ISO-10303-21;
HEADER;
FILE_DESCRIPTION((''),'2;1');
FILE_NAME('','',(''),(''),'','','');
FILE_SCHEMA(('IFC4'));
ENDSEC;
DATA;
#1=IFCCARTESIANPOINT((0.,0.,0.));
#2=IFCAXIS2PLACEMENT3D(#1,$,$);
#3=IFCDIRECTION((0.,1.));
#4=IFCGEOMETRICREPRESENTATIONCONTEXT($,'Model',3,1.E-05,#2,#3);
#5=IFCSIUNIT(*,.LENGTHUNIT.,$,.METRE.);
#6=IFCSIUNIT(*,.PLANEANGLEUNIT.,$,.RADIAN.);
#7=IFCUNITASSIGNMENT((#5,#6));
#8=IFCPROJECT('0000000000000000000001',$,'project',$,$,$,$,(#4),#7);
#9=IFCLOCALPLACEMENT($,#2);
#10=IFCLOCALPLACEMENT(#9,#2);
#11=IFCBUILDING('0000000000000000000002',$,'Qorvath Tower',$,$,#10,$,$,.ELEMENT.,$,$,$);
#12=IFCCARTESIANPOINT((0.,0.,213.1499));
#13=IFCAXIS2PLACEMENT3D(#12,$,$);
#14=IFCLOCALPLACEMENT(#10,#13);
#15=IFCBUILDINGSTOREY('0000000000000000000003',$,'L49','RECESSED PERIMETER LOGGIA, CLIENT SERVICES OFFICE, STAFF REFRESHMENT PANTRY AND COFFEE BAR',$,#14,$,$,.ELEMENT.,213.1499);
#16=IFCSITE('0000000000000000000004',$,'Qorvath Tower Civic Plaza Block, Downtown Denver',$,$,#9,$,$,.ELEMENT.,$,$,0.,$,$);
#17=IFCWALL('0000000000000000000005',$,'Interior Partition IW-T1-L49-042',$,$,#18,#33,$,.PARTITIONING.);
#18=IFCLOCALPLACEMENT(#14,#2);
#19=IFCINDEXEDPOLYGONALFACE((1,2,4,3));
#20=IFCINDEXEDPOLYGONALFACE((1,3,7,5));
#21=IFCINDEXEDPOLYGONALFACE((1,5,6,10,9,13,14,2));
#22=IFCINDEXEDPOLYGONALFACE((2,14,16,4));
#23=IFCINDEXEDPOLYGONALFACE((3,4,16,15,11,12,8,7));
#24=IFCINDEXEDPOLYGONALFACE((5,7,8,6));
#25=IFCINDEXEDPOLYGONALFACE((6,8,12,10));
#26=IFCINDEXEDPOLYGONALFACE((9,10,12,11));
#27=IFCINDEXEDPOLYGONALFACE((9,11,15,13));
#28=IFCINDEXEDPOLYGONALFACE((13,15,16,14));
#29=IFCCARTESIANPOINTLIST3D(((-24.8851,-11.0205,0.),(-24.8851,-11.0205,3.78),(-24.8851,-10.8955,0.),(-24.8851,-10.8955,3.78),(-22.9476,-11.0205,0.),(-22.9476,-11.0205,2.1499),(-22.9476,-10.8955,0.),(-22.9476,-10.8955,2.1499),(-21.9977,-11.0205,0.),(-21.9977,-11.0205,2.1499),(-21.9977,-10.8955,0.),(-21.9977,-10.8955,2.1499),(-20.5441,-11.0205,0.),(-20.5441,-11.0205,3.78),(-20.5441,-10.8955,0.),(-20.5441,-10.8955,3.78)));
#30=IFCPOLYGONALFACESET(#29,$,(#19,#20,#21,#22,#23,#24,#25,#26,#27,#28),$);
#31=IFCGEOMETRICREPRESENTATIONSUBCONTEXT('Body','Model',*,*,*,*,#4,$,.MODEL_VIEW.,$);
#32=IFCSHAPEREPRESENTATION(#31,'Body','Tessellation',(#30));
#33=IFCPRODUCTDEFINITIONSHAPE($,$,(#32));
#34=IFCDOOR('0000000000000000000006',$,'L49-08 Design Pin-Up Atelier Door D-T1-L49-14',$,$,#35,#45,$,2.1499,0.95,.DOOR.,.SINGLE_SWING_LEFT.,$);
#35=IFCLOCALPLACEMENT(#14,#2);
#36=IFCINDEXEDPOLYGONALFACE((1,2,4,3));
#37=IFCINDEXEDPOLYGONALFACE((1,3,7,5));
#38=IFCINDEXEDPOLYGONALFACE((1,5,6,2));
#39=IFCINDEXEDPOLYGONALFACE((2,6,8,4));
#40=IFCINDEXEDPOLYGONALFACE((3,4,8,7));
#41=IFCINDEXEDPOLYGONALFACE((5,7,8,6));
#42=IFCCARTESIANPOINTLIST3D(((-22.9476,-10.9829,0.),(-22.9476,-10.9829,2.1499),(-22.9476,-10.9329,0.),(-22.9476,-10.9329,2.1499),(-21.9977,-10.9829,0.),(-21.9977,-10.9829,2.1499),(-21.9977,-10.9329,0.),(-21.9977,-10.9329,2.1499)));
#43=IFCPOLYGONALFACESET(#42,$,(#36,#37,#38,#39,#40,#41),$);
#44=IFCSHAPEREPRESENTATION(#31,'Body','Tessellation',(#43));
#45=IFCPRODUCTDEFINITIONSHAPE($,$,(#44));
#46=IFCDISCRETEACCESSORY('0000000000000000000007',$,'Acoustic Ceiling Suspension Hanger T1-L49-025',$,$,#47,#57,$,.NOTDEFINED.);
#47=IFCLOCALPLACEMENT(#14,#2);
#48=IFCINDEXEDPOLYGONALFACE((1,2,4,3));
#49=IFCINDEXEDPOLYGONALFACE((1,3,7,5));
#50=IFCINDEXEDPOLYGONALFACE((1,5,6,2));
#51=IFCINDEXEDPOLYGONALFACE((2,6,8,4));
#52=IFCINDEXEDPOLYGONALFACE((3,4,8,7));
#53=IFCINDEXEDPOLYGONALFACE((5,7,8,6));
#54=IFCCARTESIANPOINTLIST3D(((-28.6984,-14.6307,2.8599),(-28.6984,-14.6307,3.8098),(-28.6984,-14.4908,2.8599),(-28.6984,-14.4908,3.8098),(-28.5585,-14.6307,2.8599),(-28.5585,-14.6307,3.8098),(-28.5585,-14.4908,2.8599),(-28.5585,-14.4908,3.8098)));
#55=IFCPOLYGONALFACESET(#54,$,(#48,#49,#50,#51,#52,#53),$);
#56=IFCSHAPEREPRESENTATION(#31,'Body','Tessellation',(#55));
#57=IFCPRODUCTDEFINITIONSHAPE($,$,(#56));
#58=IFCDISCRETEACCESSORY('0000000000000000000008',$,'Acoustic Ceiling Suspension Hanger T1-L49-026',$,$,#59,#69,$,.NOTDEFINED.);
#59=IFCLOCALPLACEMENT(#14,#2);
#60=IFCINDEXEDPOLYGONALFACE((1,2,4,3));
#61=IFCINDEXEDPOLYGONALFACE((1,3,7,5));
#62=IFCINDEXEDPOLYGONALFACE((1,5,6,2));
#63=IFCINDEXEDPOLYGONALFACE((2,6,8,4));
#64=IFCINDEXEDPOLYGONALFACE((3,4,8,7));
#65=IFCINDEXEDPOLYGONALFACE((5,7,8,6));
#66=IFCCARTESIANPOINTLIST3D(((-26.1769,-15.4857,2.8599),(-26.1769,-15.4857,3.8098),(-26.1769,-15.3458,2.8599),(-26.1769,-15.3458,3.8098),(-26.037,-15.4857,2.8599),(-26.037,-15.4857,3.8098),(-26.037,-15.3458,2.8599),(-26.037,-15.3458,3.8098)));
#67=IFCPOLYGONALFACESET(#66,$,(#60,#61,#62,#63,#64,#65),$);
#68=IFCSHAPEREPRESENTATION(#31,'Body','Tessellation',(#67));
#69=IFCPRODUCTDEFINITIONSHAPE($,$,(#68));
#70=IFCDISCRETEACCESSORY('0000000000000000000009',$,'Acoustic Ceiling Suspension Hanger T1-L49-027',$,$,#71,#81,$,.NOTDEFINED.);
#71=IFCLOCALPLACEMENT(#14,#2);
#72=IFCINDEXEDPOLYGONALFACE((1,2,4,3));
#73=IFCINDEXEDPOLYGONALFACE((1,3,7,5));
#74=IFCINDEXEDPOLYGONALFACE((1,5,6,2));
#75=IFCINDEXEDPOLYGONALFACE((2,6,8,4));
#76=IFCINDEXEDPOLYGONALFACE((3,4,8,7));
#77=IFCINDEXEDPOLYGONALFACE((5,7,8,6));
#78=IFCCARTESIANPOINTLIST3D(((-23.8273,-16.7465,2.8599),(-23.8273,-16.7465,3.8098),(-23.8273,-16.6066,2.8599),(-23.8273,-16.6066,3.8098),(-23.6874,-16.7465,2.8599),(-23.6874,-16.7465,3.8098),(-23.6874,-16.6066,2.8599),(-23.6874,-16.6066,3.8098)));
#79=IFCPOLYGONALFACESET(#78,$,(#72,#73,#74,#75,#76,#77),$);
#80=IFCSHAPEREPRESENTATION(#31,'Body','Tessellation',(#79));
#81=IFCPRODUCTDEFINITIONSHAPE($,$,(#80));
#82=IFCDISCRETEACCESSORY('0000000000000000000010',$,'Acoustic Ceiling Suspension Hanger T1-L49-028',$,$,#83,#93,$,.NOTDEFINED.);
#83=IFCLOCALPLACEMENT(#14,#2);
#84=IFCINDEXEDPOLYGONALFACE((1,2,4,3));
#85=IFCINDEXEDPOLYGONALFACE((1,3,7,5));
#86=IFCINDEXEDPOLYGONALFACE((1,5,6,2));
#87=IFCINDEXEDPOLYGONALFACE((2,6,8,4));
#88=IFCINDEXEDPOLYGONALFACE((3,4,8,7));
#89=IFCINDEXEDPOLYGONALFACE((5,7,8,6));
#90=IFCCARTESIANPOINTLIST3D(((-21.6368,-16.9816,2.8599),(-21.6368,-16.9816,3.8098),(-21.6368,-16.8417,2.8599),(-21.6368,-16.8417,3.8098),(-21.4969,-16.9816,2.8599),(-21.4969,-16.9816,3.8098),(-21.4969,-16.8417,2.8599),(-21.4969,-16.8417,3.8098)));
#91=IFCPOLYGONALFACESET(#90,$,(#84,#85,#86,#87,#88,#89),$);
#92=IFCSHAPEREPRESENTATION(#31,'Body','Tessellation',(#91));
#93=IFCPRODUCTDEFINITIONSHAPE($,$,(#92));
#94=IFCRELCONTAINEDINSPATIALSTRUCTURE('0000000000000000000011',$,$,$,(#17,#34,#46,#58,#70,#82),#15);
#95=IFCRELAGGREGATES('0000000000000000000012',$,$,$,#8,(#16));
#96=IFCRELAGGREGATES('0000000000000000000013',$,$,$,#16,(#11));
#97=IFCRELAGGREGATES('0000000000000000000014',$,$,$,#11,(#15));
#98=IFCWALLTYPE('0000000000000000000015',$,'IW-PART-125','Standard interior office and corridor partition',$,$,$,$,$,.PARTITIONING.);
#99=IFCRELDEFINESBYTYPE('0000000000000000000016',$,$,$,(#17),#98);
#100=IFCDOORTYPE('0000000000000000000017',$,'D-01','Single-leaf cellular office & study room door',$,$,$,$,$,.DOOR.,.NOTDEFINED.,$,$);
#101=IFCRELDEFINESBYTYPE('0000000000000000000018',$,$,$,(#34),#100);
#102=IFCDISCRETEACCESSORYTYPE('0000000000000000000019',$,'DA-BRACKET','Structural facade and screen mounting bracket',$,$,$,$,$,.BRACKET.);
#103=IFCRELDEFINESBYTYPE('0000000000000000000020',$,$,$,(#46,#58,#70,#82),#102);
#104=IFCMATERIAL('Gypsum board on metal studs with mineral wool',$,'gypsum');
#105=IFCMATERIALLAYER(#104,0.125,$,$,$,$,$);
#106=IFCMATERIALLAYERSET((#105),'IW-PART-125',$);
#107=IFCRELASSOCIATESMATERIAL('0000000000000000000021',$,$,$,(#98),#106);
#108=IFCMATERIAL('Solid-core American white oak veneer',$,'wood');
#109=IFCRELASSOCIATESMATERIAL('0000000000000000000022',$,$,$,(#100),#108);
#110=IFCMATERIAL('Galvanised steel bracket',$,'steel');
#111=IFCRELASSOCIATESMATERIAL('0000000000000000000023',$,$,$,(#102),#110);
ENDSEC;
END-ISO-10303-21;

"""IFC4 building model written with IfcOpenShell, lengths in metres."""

from ifc_helpers import new_model, si_unit, direction, frame, frame_2d, origin, origin_2d, place, context, subcontext, project, spatial, rectangle, extrude, material, layer, layer_set, type_object, element, fill, save


model = new_model("IFC4")

# Units and contexts
model_context = context("Model", 3, precision=1e-05, world=origin(), true_north=direction((0.0, 1.0)))
body_context = subcontext(model_context, "Body", "Model", "MODEL_VIEW")
ifc_project = project(units=[si_unit("LENGTHUNIT", "METRE"), si_unit("PLANEANGLEUNIT", "RADIAN")], contexts=[model_context])

# Site, building, storey
site_placement = place(None, origin())
site = spatial("IfcSite", under=ifc_project, at=site_placement, Name="Qorvath Tower Civic Plaza Block, Downtown Denver", CompositionType="ELEMENT", RefElevation=0.0)
building_placement = place(site_placement, origin())
building = spatial("IfcBuilding", under=site, at=building_placement, Name="Qorvath Tower", CompositionType="ELEMENT")
storey_placement = place(building_placement, frame((0.0, 0.0, 213.1499)))
storey = spatial("IfcBuildingStorey", under=building, at=storey_placement, Name="L49", Description="RECESSED PERIMETER LOGGIA, CLIENT SERVICES OFFICE, STAFF REFRESHMENT PANTRY AND COFFEE BAR", CompositionType="ELEMENT", Elevation=213.1499)

# Shared definitions
ifc_material_1 = material(Name="Gypsum board on metal studs with mineral wool", Category="gypsum")
ifc_layer_1 = layer(ifc_material_1, 0.125)
ifc_layer_set_1 = layer_set([ifc_layer_1], Name="IW-PART-125")
wall_type = type_object("IfcWallType", Name="IW-PART-125", Description="Standard interior office and corridor partition", PredefinedType="PARTITIONING", material=ifc_layer_set_1)
ifc_material_2 = material(Name="Solid-core American white oak veneer", Category="wood")
door_type = type_object("IfcDoorType", Name="D-01", Description="Single-leaf cellular office & study room door", OperationType="NOTDEFINED", PredefinedType="DOOR", material=ifc_material_2)

# Wall, opening, door
wall_1_placement = place(storey_placement, frame((-20.5442, -10.958, 0.0), z_axis=(0.0, 0.0, 1.0), x_axis=(-1.0, 0.0, 0.0)))
wall_1 = element("IfcWall", 1, at=wall_1_placement, inside=storey, type_object=wall_type, Name="Interior Partition IW-T1-L49-042", PredefinedType="PARTITIONING", context=body_context, shape_type="SweptSolid", body=[
    extrude(rectangle(XDim=4.3411, YDim=0.125, at=frame_2d((2.1704, 0.0))), origin(), (0.0, 0.0, 1.0), 3.78),
])
opening_1_placement = place(wall_1_placement, frame((1.4534, 0.0, 0.0)))
opening_1 = element("IfcOpeningElement", 2, at=opening_1_placement, cuts=wall_1, PredefinedType="OPENING", context=body_context, shape_type="SweptSolid", body=[
    extrude(rectangle(XDim=0.95, YDim=2.1499, at=frame_2d((0.4751, 1.075))), frame((0.0, 0.0725, 0.0), z_axis=(0.0, -1.0, 0.0), x_axis=(1.0, 0.0, 0.0)), (0.0, 0.0, 1.0), 0.145),
])
door_1_placement = place(opening_1_placement, origin())
door_1 = element("IfcDoor", 3, at=door_1_placement, inside=storey, type_object=door_type, Name="L49-08 Design Pin-Up Atelier Door D-T1-L49-14", OperationType="SINGLE_SWING_LEFT", OverallHeight=2.1499, OverallWidth=0.95, PredefinedType="DOOR", context=body_context, shape_type="SweptSolid", body=[
    extrude(rectangle(XDim=0.95, YDim=2.1499, at=frame_2d((0.4751, 1.075))), frame((0.0, 0.0249, 0.0), z_axis=(0.0, -1.0, 0.0), x_axis=(1.0, 0.0, 0.0)), (0.0, 0.0, 1.0), 0.05),
])
fill(opening_1, door_1)

# Discrete accessories
ifc_material_3 = material(Name="Galvanised steel bracket", Category="steel")
discrete_accessory_type = type_object("IfcDiscreteAccessoryType", Name="DA-BRACKET", Description="Structural facade and screen mounting bracket", PredefinedType="BRACKET", material=ifc_material_3)
for number, where, z_axis, x_axis, name in (
    (4, (-28.6284, -14.5608, 2.8599), (0.0, 0.0, 1.0), (1.0, 0.0, 0.0), "Acoustic Ceiling Suspension Hanger T1-L49-025"),
    (5, (-26.1069, -15.4158, 2.8599), (0.0, 0.0, 1.0), (1.0, 0.0, 0.0), "Acoustic Ceiling Suspension Hanger T1-L49-026"),
    (6, (-23.7573, -16.6765, 2.8599), (0.0, 0.0, 1.0), (1.0, 0.0, 0.0), "Acoustic Ceiling Suspension Hanger T1-L49-027"),
    (7, (-21.5669, -16.9116, 2.8599), (0.0, 0.0, 1.0), (1.0, 0.0, 0.0), "Acoustic Ceiling Suspension Hanger T1-L49-028"),
):
    element("IfcDiscreteAccessory", number, at=place(storey_placement, frame(where, z_axis=z_axis, x_axis=x_axis)), inside=storey, type_object=discrete_accessory_type, Name=name, PredefinedType="NOTDEFINED", context=body_context, shape_type="SweptSolid", body=[
        extrude(rectangle(XDim=0.1399, YDim=0.1399, at=origin_2d()), origin(), (0.0, 0.0, 1.0), 0.95),
    ])

save(model, "model.ifc")
